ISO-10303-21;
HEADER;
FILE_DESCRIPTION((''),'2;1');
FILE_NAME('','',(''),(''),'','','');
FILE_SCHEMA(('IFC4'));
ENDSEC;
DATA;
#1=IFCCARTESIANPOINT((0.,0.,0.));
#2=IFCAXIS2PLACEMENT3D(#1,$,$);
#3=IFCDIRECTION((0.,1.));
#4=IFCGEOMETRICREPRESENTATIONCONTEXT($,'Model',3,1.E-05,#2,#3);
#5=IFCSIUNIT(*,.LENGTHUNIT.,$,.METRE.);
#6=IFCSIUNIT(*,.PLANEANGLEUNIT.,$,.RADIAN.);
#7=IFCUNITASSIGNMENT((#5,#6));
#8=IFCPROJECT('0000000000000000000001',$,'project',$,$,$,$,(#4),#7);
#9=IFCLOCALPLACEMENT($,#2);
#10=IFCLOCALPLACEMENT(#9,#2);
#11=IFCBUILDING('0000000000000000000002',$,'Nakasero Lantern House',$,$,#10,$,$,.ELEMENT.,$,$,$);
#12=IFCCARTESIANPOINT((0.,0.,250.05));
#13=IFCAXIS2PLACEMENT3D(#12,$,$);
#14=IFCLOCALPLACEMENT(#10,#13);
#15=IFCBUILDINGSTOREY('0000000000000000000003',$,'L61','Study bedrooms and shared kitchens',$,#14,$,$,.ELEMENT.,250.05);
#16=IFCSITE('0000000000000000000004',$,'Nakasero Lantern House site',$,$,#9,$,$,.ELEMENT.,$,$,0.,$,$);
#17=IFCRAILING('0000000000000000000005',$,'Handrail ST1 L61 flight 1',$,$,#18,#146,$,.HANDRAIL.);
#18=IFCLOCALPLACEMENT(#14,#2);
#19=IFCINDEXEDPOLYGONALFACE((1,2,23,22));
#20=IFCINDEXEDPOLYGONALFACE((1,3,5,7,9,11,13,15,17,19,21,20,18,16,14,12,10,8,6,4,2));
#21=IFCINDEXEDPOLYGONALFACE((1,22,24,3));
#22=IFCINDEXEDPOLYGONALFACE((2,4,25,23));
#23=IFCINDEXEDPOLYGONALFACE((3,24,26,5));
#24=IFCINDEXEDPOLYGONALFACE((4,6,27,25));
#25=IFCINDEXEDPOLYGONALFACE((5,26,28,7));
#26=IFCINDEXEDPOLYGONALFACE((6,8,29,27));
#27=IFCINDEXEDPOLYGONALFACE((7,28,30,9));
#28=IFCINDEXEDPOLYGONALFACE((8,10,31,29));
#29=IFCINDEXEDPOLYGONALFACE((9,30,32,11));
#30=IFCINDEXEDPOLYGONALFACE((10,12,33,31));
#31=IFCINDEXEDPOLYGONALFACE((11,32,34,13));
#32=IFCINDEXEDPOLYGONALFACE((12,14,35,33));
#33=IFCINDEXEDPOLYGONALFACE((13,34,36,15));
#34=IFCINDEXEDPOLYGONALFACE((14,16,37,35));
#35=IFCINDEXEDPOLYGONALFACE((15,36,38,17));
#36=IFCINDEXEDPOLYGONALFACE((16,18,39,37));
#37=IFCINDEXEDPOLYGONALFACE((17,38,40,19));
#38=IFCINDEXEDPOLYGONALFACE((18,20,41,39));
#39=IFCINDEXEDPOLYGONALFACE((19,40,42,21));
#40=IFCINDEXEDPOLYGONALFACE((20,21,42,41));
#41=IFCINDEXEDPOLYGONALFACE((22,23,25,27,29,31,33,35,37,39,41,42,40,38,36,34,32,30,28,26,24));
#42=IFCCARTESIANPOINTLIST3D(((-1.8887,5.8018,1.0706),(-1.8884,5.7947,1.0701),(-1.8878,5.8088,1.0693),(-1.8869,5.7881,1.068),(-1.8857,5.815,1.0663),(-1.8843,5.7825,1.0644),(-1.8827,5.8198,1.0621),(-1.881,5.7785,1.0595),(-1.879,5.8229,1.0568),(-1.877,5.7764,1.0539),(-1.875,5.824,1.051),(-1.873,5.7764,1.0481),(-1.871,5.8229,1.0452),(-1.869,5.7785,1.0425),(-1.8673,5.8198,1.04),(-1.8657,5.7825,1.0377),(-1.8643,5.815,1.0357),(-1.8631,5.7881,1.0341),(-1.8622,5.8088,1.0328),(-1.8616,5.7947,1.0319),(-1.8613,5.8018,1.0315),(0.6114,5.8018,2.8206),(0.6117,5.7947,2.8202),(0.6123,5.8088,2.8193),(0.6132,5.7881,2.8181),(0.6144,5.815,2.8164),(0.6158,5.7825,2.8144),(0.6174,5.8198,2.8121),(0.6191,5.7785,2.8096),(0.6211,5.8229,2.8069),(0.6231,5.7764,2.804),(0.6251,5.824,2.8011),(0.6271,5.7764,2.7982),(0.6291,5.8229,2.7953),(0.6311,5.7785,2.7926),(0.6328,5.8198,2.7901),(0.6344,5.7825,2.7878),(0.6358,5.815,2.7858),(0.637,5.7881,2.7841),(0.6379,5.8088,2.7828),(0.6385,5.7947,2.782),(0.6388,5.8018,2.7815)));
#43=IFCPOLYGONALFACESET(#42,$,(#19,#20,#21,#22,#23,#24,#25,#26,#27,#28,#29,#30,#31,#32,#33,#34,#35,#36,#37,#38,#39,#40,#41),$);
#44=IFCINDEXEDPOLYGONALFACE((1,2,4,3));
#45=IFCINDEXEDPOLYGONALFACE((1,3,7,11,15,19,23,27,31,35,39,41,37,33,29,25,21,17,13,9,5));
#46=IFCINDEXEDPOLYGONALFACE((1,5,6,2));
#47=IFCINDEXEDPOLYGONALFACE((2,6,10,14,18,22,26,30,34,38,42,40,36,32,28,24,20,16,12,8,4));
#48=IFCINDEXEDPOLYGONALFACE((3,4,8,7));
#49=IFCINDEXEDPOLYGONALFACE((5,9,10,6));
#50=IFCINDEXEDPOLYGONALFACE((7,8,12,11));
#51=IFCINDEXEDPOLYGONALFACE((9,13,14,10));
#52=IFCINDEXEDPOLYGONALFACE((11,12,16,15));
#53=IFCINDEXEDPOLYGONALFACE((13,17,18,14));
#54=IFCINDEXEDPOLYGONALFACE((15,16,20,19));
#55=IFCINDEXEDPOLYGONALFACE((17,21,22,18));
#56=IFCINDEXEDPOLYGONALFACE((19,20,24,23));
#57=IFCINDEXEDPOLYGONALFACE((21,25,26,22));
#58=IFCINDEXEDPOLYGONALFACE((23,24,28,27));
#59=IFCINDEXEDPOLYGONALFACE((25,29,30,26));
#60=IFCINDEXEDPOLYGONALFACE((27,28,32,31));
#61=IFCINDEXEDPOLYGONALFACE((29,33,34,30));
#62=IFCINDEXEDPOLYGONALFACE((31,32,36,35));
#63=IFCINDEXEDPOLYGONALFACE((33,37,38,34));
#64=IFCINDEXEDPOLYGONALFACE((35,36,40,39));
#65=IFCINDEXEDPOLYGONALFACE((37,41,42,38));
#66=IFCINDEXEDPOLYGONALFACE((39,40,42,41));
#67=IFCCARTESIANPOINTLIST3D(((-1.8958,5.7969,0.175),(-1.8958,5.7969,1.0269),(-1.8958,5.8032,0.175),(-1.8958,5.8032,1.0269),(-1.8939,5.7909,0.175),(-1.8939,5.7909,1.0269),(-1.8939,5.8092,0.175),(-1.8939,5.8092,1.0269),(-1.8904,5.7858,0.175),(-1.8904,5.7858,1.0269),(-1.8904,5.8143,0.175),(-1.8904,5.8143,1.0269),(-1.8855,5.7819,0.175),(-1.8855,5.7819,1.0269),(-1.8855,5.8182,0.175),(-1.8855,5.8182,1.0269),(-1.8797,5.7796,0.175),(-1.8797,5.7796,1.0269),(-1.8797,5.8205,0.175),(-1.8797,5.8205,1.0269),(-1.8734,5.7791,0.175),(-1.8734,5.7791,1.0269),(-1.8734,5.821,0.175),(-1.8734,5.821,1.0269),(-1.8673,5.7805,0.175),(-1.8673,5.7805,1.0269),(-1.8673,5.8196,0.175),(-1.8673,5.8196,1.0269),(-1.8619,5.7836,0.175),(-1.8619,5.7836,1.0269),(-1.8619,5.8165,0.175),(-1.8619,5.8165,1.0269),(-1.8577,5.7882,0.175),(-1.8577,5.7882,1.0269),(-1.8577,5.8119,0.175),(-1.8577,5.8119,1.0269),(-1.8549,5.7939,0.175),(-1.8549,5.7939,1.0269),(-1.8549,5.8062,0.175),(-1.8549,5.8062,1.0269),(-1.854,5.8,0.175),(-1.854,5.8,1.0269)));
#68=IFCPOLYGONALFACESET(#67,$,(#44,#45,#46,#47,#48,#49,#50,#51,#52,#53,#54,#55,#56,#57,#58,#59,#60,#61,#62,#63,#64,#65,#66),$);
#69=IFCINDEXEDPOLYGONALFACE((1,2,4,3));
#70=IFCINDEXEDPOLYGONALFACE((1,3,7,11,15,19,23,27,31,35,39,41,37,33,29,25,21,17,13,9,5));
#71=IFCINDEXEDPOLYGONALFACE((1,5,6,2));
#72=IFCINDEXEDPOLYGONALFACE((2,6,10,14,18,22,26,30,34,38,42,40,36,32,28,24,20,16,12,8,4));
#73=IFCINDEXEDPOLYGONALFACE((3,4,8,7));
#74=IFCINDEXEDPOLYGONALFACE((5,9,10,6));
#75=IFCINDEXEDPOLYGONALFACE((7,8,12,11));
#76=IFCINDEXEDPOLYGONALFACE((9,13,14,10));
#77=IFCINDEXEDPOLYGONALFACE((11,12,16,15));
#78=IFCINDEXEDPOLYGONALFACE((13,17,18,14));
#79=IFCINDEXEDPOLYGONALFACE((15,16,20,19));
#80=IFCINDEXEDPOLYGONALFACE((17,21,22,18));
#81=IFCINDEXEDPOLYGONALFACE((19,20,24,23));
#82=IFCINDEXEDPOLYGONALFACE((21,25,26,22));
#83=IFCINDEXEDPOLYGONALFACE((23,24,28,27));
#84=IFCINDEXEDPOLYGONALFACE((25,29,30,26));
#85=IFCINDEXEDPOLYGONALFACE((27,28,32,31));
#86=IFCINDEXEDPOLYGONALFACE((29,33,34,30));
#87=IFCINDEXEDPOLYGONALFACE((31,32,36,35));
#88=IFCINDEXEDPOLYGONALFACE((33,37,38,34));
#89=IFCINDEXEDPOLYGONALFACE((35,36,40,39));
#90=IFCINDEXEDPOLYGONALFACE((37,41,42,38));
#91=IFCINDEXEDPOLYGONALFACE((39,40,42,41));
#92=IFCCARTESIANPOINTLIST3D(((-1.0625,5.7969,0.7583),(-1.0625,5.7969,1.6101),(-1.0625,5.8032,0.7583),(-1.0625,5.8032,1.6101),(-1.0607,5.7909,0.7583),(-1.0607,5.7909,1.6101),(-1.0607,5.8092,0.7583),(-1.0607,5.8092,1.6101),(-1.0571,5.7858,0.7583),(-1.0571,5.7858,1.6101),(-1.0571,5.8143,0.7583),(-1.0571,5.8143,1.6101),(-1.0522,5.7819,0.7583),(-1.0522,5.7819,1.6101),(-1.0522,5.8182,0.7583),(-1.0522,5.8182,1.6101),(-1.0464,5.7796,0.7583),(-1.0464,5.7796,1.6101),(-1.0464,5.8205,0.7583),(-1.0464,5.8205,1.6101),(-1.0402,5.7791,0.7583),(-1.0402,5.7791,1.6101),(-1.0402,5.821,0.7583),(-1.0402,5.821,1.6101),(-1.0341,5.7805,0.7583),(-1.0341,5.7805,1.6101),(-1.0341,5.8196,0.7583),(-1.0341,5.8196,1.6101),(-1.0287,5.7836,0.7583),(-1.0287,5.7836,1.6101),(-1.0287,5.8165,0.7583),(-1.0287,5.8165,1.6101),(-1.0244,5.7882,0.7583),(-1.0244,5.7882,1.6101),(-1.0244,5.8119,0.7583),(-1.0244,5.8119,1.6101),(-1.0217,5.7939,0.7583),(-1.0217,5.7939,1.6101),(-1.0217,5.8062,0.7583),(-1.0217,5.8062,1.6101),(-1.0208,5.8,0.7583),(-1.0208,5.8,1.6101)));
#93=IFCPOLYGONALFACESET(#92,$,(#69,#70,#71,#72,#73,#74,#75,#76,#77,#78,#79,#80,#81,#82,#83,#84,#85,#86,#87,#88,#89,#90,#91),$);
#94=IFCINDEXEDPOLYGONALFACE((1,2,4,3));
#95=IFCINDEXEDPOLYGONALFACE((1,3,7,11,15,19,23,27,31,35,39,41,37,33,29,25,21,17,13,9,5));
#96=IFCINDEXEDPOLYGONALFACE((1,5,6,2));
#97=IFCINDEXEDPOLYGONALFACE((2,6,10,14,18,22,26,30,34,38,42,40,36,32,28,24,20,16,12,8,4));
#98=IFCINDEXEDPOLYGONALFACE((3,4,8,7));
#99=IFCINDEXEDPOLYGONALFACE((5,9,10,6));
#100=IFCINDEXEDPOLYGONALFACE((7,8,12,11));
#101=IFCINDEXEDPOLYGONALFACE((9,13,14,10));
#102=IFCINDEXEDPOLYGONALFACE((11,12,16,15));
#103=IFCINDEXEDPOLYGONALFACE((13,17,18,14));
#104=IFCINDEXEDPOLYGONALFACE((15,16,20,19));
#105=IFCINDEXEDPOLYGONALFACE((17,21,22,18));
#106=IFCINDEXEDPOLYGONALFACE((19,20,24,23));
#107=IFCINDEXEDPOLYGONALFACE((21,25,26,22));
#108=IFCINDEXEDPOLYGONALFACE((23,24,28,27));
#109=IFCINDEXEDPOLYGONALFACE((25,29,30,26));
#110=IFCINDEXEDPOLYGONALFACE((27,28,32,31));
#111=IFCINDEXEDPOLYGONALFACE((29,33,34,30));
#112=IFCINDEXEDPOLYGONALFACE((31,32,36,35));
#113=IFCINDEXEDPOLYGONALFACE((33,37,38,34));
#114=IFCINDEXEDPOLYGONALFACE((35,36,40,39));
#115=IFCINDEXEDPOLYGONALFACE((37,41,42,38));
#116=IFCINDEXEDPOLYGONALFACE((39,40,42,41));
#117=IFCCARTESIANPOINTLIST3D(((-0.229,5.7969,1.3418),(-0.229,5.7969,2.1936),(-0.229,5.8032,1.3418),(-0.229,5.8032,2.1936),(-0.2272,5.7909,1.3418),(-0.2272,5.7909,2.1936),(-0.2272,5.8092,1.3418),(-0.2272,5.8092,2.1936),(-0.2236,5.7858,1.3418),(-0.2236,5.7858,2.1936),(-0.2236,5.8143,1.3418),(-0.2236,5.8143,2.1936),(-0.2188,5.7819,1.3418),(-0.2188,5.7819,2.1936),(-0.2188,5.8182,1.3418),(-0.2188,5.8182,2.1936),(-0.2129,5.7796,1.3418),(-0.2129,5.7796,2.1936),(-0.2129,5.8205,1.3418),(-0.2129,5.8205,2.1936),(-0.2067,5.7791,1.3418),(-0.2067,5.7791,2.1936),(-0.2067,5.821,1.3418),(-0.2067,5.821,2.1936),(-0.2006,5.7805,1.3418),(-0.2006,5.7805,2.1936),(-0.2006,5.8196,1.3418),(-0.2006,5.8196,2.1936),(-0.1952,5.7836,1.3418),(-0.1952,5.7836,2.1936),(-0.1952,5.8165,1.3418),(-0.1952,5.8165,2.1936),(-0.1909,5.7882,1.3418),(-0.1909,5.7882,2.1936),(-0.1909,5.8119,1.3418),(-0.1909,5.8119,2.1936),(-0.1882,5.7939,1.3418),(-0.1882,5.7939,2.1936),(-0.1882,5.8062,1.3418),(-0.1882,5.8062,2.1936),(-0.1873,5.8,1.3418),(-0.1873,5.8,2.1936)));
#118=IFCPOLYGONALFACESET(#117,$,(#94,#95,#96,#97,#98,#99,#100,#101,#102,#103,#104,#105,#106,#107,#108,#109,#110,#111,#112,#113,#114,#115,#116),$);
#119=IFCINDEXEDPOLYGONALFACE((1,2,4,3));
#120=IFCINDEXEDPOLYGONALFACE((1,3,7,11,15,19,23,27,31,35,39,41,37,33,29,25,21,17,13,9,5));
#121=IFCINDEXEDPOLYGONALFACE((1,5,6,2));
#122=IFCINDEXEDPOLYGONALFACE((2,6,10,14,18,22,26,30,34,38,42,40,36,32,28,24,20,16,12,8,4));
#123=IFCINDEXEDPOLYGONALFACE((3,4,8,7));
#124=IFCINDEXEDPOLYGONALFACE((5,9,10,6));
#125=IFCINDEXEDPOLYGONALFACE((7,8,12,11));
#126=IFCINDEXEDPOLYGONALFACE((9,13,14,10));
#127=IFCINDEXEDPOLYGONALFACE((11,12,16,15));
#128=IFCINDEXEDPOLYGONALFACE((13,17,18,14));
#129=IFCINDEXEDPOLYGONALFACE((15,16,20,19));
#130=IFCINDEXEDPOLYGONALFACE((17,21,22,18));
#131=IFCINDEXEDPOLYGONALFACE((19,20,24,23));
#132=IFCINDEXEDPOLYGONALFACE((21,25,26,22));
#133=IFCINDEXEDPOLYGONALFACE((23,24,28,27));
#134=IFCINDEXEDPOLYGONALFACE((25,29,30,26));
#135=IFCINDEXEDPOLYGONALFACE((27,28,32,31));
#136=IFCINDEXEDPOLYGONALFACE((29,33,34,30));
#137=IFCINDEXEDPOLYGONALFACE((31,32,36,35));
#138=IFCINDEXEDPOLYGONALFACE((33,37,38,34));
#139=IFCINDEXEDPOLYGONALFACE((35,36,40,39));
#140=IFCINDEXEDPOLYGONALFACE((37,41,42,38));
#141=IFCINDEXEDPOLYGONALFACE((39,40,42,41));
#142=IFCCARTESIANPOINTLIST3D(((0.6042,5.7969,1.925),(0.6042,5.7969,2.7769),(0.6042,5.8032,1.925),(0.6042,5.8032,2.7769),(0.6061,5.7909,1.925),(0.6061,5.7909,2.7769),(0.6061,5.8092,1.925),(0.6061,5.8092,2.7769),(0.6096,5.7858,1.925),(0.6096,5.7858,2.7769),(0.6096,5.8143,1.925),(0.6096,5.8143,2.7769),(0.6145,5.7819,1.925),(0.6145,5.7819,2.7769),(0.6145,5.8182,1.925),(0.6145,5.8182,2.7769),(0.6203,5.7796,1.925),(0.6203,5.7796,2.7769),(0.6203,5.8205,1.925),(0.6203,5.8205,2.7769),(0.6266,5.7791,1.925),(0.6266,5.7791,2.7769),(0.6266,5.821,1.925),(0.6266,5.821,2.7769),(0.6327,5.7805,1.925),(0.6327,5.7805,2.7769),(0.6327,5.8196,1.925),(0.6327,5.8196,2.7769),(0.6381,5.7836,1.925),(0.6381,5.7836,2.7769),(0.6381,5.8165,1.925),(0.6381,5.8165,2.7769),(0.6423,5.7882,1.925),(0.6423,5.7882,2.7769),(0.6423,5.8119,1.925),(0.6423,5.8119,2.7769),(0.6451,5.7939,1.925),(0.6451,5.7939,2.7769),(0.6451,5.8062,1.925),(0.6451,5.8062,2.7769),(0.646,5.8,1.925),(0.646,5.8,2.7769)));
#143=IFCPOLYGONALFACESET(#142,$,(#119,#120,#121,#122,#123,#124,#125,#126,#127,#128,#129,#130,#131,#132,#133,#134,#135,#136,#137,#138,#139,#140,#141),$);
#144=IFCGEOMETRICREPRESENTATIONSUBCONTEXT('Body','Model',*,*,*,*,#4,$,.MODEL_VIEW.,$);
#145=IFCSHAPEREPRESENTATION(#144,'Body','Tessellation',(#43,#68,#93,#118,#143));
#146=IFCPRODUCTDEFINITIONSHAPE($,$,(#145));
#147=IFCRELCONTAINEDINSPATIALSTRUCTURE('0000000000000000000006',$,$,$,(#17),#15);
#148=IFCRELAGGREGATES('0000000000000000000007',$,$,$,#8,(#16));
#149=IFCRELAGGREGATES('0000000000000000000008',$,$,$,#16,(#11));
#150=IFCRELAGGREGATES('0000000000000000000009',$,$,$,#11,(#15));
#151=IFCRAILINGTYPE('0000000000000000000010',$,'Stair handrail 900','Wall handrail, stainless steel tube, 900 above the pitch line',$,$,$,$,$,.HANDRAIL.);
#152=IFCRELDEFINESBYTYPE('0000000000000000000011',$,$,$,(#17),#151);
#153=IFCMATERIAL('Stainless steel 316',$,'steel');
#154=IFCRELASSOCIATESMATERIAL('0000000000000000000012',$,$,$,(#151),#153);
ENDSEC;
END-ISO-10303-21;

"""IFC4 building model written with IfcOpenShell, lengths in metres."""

from ifc_helpers import new_model, si_unit, direction, frame, origin, origin_2d, place, context, subcontext, project, spatial, circle, extrude, material, type_object, element, save


model = new_model("IFC4")

# Units and contexts
model_context = context("Model", 3, precision=1e-05, world=origin(), true_north=direction((0.0, 1.0)))
body_context = subcontext(model_context, "Body", "Model", "MODEL_VIEW")
ifc_project = project(units=[si_unit("LENGTHUNIT", "METRE"), si_unit("PLANEANGLEUNIT", "RADIAN")], contexts=[model_context])

# Site, building, storey
site_placement = place(None, origin())
site = spatial("IfcSite", under=ifc_project, at=site_placement, Name="Nakasero Lantern House site", CompositionType="ELEMENT", RefElevation=0.0)
building_placement = place(site_placement, origin())
building = spatial("IfcBuilding", under=site, at=building_placement, Name="Nakasero Lantern House", CompositionType="ELEMENT")
storey_placement = place(building_placement, frame((0.0, 0.0, 250.05)))
storey = spatial("IfcBuildingStorey", under=building, at=storey_placement, Name="L61", Description="Study bedrooms and shared kitchens", CompositionType="ELEMENT", Elevation=250.05)

# Railing
ifc_material_1 = material(Name="Stainless steel 316", Category="steel")
railing_type = type_object("IfcRailingType", Name="Stair handrail 900", Description="Wall handrail, stainless steel tube, 900 above the pitch line", PredefinedType="HANDRAIL", material=ifc_material_1)
railing_placement = place(storey_placement, frame((-1.875, 5.8, 0.175)))
element("IfcRailing", 1, at=railing_placement, inside=storey, type_object=railing_type, Name="Handrail ST1 L61 flight 1", PredefinedType="HANDRAIL", context=body_context, shape_type="SweptSolid", body=[
    extrude(circle(Radius=0.0239, at=origin_2d()), frame((0.0, 0.0, 0.876), z_axis=(0.819232, 0.0, 0.573462), x_axis=(0.0, 1.0, 0.0)), (0.0, 0.0, 1.0), 3.0518),
    extrude(circle(Radius=0.021, at=origin_2d()), origin(), (0.0, 0.0, 1.0), 0.8518),
    extrude(circle(Radius=0.021, at=origin_2d()), frame((0.8333, 0.0, 0.5833)), (0.0, 0.0, 1.0), 0.8518),
    extrude(circle(Radius=0.021, at=origin_2d()), frame((1.6667, 0.0, 1.1667)), (0.0, 0.0, 1.0), 0.8518),
    extrude(circle(Radius=0.021, at=origin_2d()), frame((2.5, 0.0, 1.75)), (0.0, 0.0, 1.0), 0.8518),
])

save(model, "model.ifc")
